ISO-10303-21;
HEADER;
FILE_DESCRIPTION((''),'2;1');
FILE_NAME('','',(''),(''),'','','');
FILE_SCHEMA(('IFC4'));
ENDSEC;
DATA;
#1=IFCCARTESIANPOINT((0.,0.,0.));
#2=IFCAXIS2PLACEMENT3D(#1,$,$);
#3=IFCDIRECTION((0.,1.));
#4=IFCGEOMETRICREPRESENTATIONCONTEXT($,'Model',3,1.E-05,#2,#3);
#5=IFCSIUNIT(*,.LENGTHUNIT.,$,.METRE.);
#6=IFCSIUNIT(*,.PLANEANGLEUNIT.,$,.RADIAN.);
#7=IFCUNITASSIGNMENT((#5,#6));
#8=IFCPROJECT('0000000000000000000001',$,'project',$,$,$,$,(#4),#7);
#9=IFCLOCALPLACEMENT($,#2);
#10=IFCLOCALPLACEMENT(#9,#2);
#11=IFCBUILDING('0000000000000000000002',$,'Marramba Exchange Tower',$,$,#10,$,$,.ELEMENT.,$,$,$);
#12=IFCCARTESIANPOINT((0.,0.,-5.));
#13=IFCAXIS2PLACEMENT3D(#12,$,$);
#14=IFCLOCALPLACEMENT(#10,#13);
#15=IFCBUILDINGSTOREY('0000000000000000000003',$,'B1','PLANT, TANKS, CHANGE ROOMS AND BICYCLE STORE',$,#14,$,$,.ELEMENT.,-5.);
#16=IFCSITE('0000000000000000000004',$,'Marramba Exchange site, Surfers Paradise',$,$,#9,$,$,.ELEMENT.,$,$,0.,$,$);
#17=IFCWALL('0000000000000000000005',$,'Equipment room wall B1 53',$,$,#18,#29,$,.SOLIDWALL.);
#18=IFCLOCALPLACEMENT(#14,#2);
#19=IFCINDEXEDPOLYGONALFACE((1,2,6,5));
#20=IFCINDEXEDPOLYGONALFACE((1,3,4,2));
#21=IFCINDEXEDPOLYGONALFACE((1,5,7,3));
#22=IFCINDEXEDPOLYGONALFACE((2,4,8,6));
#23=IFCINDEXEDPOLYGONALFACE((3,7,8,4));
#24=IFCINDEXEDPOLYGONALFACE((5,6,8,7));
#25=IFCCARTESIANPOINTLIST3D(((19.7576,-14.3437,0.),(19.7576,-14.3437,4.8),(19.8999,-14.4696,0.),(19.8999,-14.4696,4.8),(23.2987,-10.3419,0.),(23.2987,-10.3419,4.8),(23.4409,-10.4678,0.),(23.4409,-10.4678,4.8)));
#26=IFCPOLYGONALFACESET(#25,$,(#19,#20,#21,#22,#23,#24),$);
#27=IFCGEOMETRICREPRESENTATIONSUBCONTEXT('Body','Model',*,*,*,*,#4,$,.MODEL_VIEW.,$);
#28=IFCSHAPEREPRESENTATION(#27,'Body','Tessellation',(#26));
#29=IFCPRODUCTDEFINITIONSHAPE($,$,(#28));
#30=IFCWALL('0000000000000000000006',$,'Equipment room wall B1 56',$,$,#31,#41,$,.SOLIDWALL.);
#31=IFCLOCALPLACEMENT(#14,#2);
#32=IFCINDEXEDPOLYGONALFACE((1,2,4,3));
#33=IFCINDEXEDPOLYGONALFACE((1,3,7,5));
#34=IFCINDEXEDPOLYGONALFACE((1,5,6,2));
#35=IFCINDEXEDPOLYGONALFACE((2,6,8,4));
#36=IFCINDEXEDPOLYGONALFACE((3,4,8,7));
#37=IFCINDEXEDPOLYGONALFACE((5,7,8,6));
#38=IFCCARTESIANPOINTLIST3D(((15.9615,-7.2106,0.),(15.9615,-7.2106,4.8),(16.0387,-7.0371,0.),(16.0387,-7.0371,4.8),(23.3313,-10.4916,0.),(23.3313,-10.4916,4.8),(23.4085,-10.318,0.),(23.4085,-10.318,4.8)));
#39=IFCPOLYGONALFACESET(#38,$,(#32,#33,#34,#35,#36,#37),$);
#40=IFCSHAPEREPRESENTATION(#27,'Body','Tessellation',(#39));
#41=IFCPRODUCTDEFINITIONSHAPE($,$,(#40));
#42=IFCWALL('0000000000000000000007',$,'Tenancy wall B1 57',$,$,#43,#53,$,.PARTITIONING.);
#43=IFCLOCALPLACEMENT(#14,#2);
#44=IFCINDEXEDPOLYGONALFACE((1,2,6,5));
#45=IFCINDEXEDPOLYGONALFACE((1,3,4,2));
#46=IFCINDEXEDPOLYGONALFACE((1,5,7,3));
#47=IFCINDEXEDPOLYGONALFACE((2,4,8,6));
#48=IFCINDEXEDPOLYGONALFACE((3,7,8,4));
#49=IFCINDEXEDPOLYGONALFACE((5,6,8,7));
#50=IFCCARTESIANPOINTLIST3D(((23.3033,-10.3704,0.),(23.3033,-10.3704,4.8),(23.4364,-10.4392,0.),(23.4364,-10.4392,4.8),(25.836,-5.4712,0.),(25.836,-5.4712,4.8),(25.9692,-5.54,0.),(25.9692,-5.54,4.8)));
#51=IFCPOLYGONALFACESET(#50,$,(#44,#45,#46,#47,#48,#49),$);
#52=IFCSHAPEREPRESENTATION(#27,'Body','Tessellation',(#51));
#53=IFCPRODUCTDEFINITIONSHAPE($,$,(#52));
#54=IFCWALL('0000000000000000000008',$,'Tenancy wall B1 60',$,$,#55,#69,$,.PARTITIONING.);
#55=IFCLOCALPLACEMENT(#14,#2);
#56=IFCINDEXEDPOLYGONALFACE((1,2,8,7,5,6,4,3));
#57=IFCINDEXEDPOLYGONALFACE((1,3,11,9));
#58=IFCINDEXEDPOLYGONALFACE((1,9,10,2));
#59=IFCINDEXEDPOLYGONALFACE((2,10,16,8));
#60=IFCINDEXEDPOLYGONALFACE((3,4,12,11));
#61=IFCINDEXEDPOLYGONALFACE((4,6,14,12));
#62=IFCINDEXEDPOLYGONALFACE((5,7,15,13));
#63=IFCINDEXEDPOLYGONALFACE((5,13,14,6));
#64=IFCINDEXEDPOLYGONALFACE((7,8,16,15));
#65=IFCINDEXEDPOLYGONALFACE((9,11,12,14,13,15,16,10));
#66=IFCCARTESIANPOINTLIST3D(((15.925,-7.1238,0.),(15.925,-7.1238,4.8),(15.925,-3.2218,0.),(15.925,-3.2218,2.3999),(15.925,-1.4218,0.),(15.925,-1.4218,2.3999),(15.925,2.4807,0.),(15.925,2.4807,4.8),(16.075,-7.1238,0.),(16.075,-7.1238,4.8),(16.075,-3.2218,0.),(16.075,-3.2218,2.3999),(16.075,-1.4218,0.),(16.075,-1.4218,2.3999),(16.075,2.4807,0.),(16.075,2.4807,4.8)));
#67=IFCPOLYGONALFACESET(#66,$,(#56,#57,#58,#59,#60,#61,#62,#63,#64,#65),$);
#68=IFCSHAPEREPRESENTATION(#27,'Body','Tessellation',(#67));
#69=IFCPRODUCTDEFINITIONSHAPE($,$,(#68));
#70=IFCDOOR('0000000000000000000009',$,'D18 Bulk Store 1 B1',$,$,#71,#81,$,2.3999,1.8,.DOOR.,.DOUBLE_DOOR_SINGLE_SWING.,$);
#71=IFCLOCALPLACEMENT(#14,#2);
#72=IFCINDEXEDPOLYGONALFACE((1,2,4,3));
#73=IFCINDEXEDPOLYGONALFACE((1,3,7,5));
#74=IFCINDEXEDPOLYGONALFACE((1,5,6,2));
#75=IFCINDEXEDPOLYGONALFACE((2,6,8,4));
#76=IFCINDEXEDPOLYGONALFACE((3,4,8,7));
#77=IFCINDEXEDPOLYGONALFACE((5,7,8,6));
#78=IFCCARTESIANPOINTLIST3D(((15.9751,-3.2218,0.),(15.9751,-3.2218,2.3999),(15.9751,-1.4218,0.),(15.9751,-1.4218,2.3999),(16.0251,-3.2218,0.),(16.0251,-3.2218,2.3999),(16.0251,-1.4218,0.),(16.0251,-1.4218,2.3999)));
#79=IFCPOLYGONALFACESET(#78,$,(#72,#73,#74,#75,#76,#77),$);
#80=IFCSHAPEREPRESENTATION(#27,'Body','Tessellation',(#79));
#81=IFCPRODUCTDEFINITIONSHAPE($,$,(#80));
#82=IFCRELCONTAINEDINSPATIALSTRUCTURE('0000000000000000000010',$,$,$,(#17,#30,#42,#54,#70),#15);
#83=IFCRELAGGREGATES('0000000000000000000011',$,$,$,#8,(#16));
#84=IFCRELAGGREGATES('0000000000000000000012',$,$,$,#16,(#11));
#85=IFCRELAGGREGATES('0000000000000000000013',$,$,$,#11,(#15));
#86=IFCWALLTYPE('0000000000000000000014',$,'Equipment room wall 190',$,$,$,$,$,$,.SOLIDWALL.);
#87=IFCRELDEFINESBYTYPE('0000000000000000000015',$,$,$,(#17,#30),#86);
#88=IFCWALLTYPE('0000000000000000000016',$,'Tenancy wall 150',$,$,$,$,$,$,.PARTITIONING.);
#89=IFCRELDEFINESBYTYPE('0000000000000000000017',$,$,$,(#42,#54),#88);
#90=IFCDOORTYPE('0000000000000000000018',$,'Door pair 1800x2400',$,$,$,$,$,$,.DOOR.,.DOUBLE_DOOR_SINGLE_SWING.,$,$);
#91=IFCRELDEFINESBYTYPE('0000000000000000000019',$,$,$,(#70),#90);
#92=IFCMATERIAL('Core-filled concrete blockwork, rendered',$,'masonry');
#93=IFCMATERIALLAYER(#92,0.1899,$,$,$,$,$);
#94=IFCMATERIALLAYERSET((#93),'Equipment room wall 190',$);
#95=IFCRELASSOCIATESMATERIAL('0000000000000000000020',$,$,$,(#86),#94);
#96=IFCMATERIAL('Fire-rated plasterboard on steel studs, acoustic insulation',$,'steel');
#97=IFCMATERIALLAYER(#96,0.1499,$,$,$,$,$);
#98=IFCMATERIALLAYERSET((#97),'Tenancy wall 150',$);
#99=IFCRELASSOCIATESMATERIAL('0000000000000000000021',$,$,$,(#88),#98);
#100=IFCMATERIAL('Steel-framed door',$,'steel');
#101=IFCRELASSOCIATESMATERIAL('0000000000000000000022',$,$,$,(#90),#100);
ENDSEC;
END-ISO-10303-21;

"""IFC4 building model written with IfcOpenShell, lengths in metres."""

from ifc_helpers import new_model, si_unit, direction, frame, frame_2d, origin, place, context, subcontext, project, spatial, rectangle, extrude, material, layer, layer_set, type_object, element, fill, save


model = new_model("IFC4")

# Units and contexts
model_context = context("Model", 3, precision=1e-05, world=origin(), true_north=direction((0.0, 1.0)))
body_context = subcontext(model_context, "Body", "Model", "MODEL_VIEW")
ifc_project = project(units=[si_unit("LENGTHUNIT", "METRE"), si_unit("PLANEANGLEUNIT", "RADIAN")], contexts=[model_context])

# Site, building, storey
site_placement = place(None, origin())
site = spatial("IfcSite", under=ifc_project, at=site_placement, Name="Marramba Exchange site, Surfers Paradise", CompositionType="ELEMENT", RefElevation=0.0)
building_placement = place(site_placement, origin())
building = spatial("IfcBuilding", under=site, at=building_placement, Name="Marramba Exchange Tower", CompositionType="ELEMENT")
storey_placement = place(building_placement, frame((0.0, 0.0, -5.0)))
storey = spatial("IfcBuildingStorey", under=building, at=storey_placement, Name="B1", Description="PLANT, TANKS, CHANGE ROOMS AND BICYCLE STORE", CompositionType="ELEMENT", Elevation=-5.0)

# Walls
ifc_material_1 = material(Name="Core-filled concrete blockwork, rendered", Category="masonry")
ifc_layer_1 = layer(ifc_material_1, 0.1899)
ifc_layer_set_1 = layer_set([ifc_layer_1], Name="Equipment room wall 190")
wall_type_1 = type_object("IfcWallType", Name="Equipment room wall 190", PredefinedType="SOLIDWALL", material=ifc_layer_set_1)
wall_1_placement = place(storey_placement, frame((23.3699, -10.4048, 0.0), z_axis=(0.0, 0.0, 1.0), x_axis=(-0.662683, -0.7489, 0.0)))
element("IfcWall", 1, at=wall_1_placement, inside=storey, type_object=wall_type_1, Name="Equipment room wall B1 53", PredefinedType="SOLIDWALL", context=body_context, shape_type="SweptSolid", body=[
    extrude(rectangle(XDim=5.3435, YDim=0.1899, at=frame_2d((2.6719, 0.0))), origin(), (0.0, 0.0, 1.0), 4.8),
])
wall_2_placement = place(storey_placement, frame((16.0, -7.1238, 0.0), z_axis=(0.0, 0.0, 1.0), x_axis=(0.913558, -0.406708, 0.0)))
element("IfcWall", 2, at=wall_2_placement, inside=storey, type_object=wall_type_1, Name="Equipment room wall B1 56", PredefinedType="SOLIDWALL", context=body_context, shape_type="SweptSolid", body=[
    extrude(rectangle(XDim=8.0671, YDim=0.1899, at=frame_2d((4.0337, 0.0))), origin(), (0.0, 0.0, 1.0), 4.8),
])
ifc_material_2 = material(Name="Fire-rated plasterboard on steel studs, acoustic insulation", Category="steel")
ifc_layer_2 = layer(ifc_material_2, 0.1499)
ifc_layer_set_2 = layer_set([ifc_layer_2], Name="Tenancy wall 150")
wall_type_2 = type_object("IfcWallType", Name="Tenancy wall 150", PredefinedType="PARTITIONING", material=ifc_layer_set_2)
wall_3_placement = place(storey_placement, frame((25.9026, -5.5056, 0.0), z_axis=(0.0, 0.0, 1.0), x_axis=(-0.459231, -0.888317, 0.0)))
element("IfcWall", 3, at=wall_3_placement, inside=storey, type_object=wall_type_2, Name="Tenancy wall B1 57", PredefinedType="PARTITIONING", context=body_context, shape_type="SweptSolid", body=[
    extrude(rectangle(XDim=5.5151, YDim=0.1499, at=frame_2d((2.7576, 0.0))), origin(), (0.0, 0.0, 1.0), 4.8),
])

# Wall, opening, door
wall_4_placement = place(storey_placement, frame((16.0, -7.1238, 0.0), z_axis=(0.0, 0.0, 1.0), x_axis=(0.0, 1.0, 0.0)))
wall_4 = element("IfcWall", 4, at=wall_4_placement, inside=storey, type_object=wall_type_2, Name="Tenancy wall B1 60", PredefinedType="PARTITIONING", context=body_context, shape_type="SweptSolid", body=[
    extrude(rectangle(XDim=9.6045, YDim=0.1499, at=frame_2d((4.8022, 0.0))), origin(), (0.0, 0.0, 1.0), 4.8),
])
opening_placement = place(wall_4_placement, frame((3.9021, 0.0, 0.0)))
opening = element("IfcOpeningElement", 5, at=opening_placement, cuts=wall_4, PredefinedType="OPENING", context=body_context, shape_type="SweptSolid", body=[
    extrude(rectangle(XDim=1.8, YDim=2.3999, at=frame_2d((0.8999, 1.2))), frame((0.0, 0.085, 0.0), z_axis=(0.0, -1.0, 0.0), x_axis=(1.0, 0.0, 0.0)), (0.0, 0.0, 1.0), 0.1699),
])
ifc_material_3 = material(Name="Steel-framed door", Category="steel")
door_type = type_object("IfcDoorType", Name="Door pair 1800x2400", OperationType="DOUBLE_DOOR_SINGLE_SWING", PredefinedType="DOOR", material=ifc_material_3)
door_placement = place(opening_placement, origin())
door = element("IfcDoor", 6, at=door_placement, inside=storey, type_object=door_type, Name="D18 Bulk Store 1 B1", OperationType="DOUBLE_DOOR_SINGLE_SWING", OverallHeight=2.3999, OverallWidth=1.8, PredefinedType="DOOR", context=body_context, shape_type="SweptSolid", body=[
    extrude(rectangle(XDim=1.8, YDim=2.3999, at=frame_2d((0.8999, 1.2))), frame((0.0, 0.0249, 0.0), z_axis=(0.0, -1.0, 0.0), x_axis=(1.0, 0.0, 0.0)), (0.0, 0.0, 1.0), 0.05),
])
fill(opening, door)

save(model, "model.ifc")
